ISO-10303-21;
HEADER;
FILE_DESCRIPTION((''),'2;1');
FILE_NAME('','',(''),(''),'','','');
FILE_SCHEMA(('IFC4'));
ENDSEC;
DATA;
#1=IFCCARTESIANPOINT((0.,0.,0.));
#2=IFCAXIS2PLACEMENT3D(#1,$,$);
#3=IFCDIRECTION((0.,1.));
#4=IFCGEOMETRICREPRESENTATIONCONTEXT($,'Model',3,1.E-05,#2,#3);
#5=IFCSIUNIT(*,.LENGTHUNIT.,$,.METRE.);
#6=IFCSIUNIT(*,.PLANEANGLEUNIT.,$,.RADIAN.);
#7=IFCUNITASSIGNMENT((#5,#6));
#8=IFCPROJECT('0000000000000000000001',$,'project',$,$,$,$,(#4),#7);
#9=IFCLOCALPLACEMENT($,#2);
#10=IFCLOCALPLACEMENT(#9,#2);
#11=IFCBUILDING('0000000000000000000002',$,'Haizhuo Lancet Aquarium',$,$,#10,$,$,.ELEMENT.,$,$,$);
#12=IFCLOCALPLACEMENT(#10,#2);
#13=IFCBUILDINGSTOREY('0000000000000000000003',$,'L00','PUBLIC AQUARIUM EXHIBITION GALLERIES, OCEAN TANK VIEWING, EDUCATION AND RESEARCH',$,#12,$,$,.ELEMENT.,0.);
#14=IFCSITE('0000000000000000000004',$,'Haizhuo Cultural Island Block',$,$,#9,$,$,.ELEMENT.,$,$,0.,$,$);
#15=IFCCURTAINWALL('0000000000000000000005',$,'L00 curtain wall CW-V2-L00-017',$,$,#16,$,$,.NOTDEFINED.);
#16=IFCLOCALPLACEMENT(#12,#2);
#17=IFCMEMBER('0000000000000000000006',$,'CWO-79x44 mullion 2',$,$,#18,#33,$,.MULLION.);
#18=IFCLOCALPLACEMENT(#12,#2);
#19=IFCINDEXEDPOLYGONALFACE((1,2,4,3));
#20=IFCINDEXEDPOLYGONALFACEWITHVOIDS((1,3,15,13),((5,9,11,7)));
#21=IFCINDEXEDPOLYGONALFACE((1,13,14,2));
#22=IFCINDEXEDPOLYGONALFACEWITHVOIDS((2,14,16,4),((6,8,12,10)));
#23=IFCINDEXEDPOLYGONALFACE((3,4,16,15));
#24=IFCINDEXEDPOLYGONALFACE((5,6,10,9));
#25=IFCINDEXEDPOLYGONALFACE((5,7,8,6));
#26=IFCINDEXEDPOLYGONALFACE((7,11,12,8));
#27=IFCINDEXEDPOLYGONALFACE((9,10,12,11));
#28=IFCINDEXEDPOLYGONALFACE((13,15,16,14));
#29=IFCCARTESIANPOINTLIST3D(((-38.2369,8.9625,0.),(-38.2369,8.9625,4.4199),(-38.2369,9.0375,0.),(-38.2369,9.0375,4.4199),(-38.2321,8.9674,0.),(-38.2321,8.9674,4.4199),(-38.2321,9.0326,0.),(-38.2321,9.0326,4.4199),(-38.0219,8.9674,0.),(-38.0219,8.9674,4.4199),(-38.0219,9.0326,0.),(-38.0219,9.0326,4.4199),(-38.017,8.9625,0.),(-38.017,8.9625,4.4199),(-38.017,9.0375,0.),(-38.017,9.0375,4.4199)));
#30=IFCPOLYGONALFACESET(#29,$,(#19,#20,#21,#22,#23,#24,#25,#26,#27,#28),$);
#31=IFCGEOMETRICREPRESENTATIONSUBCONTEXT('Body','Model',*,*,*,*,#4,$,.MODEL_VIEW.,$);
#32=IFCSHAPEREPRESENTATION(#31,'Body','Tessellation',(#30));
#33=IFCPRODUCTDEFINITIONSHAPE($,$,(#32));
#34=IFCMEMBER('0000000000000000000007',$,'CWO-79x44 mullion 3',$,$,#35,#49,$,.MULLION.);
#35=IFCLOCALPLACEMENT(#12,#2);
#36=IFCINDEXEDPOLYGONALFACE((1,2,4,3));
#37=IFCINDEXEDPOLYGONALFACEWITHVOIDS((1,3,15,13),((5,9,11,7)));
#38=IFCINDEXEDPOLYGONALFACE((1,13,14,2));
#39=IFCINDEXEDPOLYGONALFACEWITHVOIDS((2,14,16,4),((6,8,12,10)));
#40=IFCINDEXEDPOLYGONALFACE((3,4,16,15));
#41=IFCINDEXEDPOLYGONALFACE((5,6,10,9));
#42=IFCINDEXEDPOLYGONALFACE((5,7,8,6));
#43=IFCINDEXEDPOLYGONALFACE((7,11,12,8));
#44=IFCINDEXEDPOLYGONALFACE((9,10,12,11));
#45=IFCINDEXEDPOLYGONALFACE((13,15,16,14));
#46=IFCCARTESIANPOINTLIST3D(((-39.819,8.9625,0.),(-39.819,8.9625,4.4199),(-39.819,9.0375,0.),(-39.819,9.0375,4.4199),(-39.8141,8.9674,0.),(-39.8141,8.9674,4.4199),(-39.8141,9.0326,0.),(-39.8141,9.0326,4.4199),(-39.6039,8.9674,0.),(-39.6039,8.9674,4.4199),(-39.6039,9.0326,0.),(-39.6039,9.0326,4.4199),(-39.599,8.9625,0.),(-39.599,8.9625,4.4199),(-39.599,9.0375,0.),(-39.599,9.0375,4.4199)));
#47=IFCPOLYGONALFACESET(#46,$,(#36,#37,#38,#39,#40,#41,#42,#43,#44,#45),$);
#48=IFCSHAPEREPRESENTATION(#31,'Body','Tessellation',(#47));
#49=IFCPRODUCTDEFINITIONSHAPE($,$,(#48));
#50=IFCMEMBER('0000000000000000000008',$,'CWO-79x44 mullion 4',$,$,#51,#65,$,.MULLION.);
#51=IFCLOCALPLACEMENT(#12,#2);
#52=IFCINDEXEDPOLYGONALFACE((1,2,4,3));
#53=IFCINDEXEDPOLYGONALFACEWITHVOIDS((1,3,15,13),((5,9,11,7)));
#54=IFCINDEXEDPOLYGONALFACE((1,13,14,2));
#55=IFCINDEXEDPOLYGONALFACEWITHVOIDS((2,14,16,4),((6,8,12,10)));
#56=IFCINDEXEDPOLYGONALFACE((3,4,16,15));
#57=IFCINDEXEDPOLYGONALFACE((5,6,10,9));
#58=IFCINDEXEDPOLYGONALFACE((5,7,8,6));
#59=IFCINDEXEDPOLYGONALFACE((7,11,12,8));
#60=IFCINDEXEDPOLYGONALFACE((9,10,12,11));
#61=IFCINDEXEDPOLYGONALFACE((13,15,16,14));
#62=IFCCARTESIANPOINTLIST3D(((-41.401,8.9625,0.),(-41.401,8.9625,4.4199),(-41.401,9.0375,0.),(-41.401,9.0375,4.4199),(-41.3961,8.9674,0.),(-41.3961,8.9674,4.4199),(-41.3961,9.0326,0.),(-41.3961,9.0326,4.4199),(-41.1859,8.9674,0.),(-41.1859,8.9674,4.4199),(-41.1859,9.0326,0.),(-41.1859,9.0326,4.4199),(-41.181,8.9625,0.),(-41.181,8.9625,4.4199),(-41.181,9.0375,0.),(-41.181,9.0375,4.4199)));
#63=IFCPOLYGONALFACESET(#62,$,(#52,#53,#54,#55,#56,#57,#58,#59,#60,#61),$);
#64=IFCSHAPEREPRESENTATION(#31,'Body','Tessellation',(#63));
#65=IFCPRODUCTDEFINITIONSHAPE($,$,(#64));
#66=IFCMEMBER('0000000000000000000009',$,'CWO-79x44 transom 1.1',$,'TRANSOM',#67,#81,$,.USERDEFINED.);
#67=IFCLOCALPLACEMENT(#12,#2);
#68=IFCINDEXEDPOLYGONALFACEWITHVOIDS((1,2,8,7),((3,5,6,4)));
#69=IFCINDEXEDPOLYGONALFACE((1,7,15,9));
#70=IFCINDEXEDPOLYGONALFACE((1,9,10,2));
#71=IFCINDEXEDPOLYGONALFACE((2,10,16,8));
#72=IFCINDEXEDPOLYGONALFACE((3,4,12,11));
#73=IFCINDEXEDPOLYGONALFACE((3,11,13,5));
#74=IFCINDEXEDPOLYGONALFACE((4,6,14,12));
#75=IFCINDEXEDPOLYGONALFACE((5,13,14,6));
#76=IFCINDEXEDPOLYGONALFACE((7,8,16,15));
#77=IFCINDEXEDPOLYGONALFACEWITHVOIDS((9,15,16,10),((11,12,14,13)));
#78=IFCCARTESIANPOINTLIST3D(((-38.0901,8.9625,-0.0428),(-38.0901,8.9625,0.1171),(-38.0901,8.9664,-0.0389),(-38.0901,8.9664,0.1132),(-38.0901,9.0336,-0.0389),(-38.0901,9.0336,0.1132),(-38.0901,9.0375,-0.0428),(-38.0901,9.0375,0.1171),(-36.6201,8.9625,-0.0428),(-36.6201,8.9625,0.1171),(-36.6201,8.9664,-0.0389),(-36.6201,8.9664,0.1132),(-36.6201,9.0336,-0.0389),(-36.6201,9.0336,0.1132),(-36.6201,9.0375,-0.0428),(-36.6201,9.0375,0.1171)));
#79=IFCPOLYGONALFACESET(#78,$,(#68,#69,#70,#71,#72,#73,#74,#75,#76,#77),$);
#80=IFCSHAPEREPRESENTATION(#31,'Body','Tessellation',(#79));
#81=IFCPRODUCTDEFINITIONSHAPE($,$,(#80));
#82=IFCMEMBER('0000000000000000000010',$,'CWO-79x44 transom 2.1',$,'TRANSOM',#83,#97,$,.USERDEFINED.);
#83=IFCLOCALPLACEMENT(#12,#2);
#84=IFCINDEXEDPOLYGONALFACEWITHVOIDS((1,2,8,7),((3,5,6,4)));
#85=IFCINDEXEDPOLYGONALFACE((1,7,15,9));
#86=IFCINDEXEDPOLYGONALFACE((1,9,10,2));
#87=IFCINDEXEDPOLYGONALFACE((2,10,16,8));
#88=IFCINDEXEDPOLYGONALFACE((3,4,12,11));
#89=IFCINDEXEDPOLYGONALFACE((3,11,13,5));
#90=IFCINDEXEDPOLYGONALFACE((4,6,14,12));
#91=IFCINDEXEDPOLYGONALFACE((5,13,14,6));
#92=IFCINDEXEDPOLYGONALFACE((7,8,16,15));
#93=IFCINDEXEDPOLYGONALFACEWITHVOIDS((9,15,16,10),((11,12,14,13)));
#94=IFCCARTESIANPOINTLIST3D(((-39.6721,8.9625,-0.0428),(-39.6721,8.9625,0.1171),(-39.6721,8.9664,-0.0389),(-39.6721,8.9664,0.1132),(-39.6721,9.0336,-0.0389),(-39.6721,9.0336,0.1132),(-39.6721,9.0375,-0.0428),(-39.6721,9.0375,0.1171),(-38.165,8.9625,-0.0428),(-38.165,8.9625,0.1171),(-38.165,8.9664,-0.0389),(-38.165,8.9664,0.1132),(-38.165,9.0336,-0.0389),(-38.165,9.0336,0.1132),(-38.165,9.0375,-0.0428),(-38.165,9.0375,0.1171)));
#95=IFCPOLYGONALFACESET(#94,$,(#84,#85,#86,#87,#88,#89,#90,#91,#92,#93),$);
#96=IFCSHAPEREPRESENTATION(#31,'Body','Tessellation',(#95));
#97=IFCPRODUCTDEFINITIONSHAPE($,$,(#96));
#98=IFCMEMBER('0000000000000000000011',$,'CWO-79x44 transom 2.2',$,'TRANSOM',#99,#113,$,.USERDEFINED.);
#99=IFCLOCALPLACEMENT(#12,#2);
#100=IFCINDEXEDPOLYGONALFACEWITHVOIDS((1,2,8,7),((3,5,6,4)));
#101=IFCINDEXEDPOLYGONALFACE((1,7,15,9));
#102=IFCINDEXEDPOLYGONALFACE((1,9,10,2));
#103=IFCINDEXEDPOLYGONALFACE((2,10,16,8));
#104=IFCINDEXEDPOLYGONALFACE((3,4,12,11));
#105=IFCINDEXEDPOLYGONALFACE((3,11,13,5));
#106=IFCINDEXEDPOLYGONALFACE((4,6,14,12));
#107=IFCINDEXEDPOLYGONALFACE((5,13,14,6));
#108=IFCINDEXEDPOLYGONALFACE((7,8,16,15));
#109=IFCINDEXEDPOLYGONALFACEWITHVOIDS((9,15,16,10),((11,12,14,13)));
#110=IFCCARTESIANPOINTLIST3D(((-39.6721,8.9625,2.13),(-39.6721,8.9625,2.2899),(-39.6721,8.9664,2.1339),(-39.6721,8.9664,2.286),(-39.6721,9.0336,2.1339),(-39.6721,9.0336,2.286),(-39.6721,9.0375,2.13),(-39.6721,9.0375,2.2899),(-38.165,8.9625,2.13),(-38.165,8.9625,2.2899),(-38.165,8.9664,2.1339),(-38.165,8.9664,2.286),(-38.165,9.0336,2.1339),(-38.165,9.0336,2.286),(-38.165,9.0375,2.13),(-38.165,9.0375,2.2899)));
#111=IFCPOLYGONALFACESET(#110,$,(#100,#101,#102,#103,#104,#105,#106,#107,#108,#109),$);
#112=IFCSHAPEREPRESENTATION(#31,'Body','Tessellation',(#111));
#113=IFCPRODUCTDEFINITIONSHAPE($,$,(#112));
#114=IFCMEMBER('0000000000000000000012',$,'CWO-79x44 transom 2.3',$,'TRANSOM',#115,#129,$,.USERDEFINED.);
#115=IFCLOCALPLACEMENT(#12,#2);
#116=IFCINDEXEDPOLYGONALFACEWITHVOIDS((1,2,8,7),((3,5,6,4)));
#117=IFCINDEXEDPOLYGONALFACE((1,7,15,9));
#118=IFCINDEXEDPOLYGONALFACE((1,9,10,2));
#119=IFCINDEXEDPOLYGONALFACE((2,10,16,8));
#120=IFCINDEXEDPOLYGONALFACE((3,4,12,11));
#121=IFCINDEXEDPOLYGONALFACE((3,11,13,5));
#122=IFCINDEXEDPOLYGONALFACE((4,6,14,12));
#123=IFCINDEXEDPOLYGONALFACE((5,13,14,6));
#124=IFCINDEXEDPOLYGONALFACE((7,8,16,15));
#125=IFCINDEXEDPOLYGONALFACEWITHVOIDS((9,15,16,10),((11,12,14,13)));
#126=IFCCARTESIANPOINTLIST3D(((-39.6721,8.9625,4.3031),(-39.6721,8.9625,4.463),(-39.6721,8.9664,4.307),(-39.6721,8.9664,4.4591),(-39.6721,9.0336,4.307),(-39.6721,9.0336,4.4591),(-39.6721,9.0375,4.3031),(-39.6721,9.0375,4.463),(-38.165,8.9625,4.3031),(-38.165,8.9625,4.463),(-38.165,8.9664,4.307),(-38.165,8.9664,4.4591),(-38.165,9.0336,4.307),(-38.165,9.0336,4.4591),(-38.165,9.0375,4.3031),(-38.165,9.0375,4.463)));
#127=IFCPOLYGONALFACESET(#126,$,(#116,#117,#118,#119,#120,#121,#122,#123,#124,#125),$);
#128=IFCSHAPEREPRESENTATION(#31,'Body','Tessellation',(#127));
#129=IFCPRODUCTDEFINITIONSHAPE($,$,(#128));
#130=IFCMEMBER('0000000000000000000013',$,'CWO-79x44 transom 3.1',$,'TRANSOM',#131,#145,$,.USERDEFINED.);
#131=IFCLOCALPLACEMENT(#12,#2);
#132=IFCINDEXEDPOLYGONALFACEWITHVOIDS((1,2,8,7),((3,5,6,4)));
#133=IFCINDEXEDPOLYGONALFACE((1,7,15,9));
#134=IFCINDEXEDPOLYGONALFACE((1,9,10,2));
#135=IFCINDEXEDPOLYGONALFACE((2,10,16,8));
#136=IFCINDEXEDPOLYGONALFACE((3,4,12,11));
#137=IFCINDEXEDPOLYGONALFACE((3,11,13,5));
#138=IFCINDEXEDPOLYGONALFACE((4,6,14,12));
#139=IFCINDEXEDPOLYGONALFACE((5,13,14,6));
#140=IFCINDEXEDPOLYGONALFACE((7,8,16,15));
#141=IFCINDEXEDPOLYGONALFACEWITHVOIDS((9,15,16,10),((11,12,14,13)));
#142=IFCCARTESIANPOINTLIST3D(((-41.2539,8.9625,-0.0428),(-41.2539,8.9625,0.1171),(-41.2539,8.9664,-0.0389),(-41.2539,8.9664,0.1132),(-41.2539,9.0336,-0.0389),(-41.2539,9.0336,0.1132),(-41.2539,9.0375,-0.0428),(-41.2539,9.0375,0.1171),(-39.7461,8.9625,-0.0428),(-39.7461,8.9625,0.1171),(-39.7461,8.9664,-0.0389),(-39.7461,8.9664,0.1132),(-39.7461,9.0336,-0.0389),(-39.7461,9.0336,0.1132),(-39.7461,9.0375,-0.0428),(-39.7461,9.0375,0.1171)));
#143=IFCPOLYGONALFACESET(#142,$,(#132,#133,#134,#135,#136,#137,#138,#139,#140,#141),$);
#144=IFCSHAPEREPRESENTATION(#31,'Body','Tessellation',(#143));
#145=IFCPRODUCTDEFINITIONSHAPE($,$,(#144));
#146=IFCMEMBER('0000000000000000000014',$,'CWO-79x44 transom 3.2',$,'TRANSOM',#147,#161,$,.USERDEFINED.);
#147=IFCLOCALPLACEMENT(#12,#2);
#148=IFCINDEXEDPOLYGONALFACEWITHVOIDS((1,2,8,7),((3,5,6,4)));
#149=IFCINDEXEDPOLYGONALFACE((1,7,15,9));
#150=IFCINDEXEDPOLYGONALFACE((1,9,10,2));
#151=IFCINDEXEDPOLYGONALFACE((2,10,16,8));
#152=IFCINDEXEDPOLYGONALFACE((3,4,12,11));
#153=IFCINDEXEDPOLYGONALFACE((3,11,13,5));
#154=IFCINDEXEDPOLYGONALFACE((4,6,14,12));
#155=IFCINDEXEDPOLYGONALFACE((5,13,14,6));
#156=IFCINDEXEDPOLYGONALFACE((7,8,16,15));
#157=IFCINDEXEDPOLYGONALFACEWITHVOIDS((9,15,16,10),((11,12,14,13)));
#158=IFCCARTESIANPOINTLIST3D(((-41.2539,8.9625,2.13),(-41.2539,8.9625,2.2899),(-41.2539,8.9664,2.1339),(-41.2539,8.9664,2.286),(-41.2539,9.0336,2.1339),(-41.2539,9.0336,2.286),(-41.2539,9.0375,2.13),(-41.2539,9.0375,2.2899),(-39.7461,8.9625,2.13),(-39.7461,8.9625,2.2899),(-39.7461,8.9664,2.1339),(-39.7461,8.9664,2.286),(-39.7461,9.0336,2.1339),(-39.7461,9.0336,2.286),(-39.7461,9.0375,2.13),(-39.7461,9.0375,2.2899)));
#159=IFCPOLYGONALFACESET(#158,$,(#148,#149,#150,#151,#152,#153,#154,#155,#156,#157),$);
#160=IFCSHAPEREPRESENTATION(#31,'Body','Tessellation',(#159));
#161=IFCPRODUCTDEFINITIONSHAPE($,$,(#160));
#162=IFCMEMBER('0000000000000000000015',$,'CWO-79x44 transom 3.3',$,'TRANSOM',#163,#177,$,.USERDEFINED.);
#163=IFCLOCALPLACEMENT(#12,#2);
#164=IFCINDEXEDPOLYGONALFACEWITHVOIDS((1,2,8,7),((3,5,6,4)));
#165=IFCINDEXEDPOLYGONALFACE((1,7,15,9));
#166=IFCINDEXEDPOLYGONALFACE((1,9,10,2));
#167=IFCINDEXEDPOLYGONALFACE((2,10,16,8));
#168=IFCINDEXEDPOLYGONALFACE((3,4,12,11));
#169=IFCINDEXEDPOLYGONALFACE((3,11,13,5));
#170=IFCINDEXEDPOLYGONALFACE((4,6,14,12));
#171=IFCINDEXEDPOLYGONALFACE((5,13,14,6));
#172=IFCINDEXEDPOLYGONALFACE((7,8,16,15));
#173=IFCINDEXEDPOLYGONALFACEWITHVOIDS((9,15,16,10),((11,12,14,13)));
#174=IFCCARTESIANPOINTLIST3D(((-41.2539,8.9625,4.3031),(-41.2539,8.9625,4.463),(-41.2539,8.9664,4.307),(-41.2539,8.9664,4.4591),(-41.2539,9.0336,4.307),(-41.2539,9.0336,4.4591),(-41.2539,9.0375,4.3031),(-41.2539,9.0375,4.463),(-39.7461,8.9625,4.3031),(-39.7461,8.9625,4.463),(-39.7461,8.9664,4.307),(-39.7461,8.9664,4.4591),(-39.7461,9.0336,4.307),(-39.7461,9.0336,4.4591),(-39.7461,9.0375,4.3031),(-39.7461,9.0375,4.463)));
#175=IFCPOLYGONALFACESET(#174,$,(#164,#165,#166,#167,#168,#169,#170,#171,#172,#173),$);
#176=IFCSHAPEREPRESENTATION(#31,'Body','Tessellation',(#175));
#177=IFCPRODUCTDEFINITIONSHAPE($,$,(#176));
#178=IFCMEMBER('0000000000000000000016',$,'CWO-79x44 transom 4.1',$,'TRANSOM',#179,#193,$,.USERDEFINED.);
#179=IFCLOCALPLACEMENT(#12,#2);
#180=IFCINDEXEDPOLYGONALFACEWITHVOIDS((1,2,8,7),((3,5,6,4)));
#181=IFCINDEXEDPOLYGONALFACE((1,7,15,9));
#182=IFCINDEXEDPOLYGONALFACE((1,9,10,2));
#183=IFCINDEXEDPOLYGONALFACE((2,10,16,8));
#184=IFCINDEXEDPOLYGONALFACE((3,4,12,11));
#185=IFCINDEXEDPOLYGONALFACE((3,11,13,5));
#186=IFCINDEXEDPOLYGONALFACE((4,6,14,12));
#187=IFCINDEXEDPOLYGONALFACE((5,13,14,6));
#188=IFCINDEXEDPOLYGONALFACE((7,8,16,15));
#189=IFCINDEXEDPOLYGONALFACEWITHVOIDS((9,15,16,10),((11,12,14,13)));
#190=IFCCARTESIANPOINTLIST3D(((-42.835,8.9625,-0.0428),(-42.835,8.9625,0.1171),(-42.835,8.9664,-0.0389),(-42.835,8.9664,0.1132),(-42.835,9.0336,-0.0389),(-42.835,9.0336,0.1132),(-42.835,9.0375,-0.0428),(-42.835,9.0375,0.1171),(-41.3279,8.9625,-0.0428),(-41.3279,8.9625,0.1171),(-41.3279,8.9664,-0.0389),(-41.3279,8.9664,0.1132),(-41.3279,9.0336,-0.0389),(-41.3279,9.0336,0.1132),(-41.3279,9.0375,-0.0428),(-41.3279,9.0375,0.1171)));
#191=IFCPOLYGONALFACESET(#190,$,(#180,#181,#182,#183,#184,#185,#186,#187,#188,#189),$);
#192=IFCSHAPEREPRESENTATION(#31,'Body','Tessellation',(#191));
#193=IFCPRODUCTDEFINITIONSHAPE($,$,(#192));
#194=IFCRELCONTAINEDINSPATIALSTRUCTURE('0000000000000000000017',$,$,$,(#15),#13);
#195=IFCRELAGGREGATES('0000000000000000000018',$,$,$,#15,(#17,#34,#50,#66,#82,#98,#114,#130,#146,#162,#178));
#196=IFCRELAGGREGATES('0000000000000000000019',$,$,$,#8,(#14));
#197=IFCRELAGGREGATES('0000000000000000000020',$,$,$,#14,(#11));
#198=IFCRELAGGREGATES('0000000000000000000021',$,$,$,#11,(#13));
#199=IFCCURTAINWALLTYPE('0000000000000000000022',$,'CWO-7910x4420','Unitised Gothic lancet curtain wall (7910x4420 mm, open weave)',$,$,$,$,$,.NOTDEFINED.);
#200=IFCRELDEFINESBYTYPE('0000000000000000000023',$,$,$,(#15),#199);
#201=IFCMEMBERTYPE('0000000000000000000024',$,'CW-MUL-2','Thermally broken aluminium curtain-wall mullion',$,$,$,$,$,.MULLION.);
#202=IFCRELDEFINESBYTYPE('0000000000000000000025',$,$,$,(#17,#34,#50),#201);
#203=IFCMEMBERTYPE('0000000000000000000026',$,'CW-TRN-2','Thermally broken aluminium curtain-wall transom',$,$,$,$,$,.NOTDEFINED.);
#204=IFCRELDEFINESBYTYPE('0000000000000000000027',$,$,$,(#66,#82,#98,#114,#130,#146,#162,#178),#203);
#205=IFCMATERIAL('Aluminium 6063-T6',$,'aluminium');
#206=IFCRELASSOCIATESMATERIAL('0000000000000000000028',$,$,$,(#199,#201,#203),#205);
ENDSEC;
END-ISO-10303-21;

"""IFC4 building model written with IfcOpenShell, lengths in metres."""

from ifc_helpers import new_model, si_unit, direction, frame, origin, origin_2d, place, context, subcontext, project, spatial, hollow_rectangle, extrude, material, material_profile, profile_set, type_object, element, aggregate, save


model = new_model("IFC4")

# Units and contexts
model_context = context("Model", 3, precision=1e-05, world=origin(), true_north=direction((0.0, 1.0)))
body_context = subcontext(model_context, "Body", "Model", "MODEL_VIEW")
ifc_project = project(units=[si_unit("LENGTHUNIT", "METRE"), si_unit("PLANEANGLEUNIT", "RADIAN")], contexts=[model_context])

# Site, building, storey
site_placement = place(None, origin())
site = spatial("IfcSite", under=ifc_project, at=site_placement, Name="Haizhuo Cultural Island Block", CompositionType="ELEMENT", RefElevation=0.0)
building_placement = place(site_placement, origin())
building = spatial("IfcBuilding", under=site, at=building_placement, Name="Haizhuo Lancet Aquarium", CompositionType="ELEMENT")
storey_placement = place(building_placement, origin())
storey = spatial("IfcBuildingStorey", under=building, at=storey_placement, Name="L00", Description="PUBLIC AQUARIUM EXHIBITION GALLERIES, OCEAN TANK VIEWING, EDUCATION AND RESEARCH", CompositionType="ELEMENT", Elevation=0.0)

# Curtain wall, members
ifc_material_1 = material(Name="Aluminium 6063-T6", Category="aluminium")
curtain_wall_type = type_object("IfcCurtainWallType", Name="CWO-7910x4420", Description="Unitised Gothic lancet curtain wall (7910x4420 mm, open weave)", PredefinedType="NOTDEFINED", material=ifc_material_1)
curtain_wall_placement = place(storey_placement, origin())
curtain_wall = element("IfcCurtainWall", 1, at=curtain_wall_placement, inside=storey, type_object=curtain_wall_type, Name="L00 curtain wall CW-V2-L00-017", PredefinedType="NOTDEFINED")
ifc_material_profile_1 = material_profile(ifc_material_1, hollow_rectangle(XDim=0.075, YDim=0.22, WallThickness=0.0049, at=origin_2d()), Name="ALU-M 75x220x5")
ifc_profile_set_1 = profile_set([ifc_material_profile_1], Name="Aluminium 6063-T6")
member_type_1 = type_object("IfcMemberType", Name="CW-MUL-2", Description="Thermally broken aluminium curtain-wall mullion", PredefinedType="MULLION", material=ifc_profile_set_1)
member_1_placement = place(storey_placement, frame((-38.127, 9.0, 0.0), z_axis=(0.0, 0.0, 1.0), x_axis=(0.0, -1.0, 0.0)))
member_1 = element("IfcMember", 2, at=member_1_placement, type_object=member_type_1, Name="CWO-79x44 mullion 2", PredefinedType="MULLION", context=body_context, shape_type="SweptSolid", body=[
    extrude(hollow_rectangle(XDim=0.075, YDim=0.22, WallThickness=0.0049, at=origin_2d()), origin(), (0.0, 0.0, 1.0), 4.4199),
])
member_2_placement = place(storey_placement, frame((-39.709, 9.0, 0.0), z_axis=(0.0, 0.0, 1.0), x_axis=(0.0, -1.0, 0.0)))
member_2 = element("IfcMember", 3, at=member_2_placement, type_object=member_type_1, Name="CWO-79x44 mullion 3", PredefinedType="MULLION", context=body_context, shape_type="SweptSolid", body=[
    extrude(hollow_rectangle(XDim=0.075, YDim=0.22, WallThickness=0.0049, at=origin_2d()), origin(), (0.0, 0.0, 1.0), 4.4199),
])
member_3_placement = place(storey_placement, frame((-41.291, 9.0, 0.0), z_axis=(0.0, 0.0, 1.0), x_axis=(0.0, -1.0, 0.0)))
member_3 = element("IfcMember", 4, at=member_3_placement, type_object=member_type_1, Name="CWO-79x44 mullion 4", PredefinedType="MULLION", context=body_context, shape_type="SweptSolid", body=[
    extrude(hollow_rectangle(XDim=0.075, YDim=0.22, WallThickness=0.0049, at=origin_2d()), origin(), (0.0, 0.0, 1.0), 4.4199),
])
ifc_material_profile_2 = material_profile(ifc_material_1, hollow_rectangle(XDim=0.075, YDim=0.1599, WallThickness=0.0039, at=origin_2d()), Name="ALU-T 75x160x4")
ifc_profile_set_2 = profile_set([ifc_material_profile_2], Name="Aluminium 6063-T6")
member_type_2 = type_object("IfcMemberType", Name="CW-TRN-2", Description="Thermally broken aluminium curtain-wall transom", PredefinedType="NOTDEFINED", material=ifc_profile_set_2)
member_4_placement = place(storey_placement, frame((-36.6201, 9.0, 0.0371), z_axis=(-1.0, 0.0, 0.0), x_axis=(0.0, -1.0, 0.0)))
member_4 = element("IfcMember", 5, at=member_4_placement, type_object=member_type_2, Name="CWO-79x44 transom 1.1", ObjectType="TRANSOM", PredefinedType="USERDEFINED", context=body_context, shape_type="SweptSolid", body=[
    extrude(hollow_rectangle(XDim=0.075, YDim=0.1599, WallThickness=0.0039, at=origin_2d()), origin(), (0.0, 0.0, 1.0), 1.47),
])
member_5_placement = place(storey_placement, frame((-38.165, 9.0, 0.0371), z_axis=(-1.0, 0.0, 0.0), x_axis=(0.0, -1.0, 0.0)))
member_5 = element("IfcMember", 6, at=member_5_placement, type_object=member_type_2, Name="CWO-79x44 transom 2.1", ObjectType="TRANSOM", PredefinedType="USERDEFINED", context=body_context, shape_type="SweptSolid", body=[
    extrude(hollow_rectangle(XDim=0.075, YDim=0.1599, WallThickness=0.0039, at=origin_2d()), origin(), (0.0, 0.0, 1.0), 1.5071),
])
member_6_placement = place(storey_placement, frame((-38.165, 9.0, 2.21), z_axis=(-1.0, 0.0, 0.0), x_axis=(0.0, -1.0, 0.0)))
member_6 = element("IfcMember", 7, at=member_6_placement, type_object=member_type_2, Name="CWO-79x44 transom 2.2", ObjectType="TRANSOM", PredefinedType="USERDEFINED", context=body_context, shape_type="SweptSolid", body=[
    extrude(hollow_rectangle(XDim=0.075, YDim=0.1599, WallThickness=0.0039, at=origin_2d()), origin(), (0.0, 0.0, 1.0), 1.5071),
])
member_7_placement = place(storey_placement, frame((-38.165, 9.0, 4.3831), z_axis=(-1.0, 0.0, 0.0), x_axis=(0.0, -1.0, 0.0)))
member_7 = element("IfcMember", 8, at=member_7_placement, type_object=member_type_2, Name="CWO-79x44 transom 2.3", ObjectType="TRANSOM", PredefinedType="USERDEFINED", context=body_context, shape_type="SweptSolid", body=[
    extrude(hollow_rectangle(XDim=0.075, YDim=0.1599, WallThickness=0.0039, at=origin_2d()), origin(), (0.0, 0.0, 1.0), 1.5071),
])
member_8_placement = place(storey_placement, frame((-39.7461, 9.0, 0.0371), z_axis=(-1.0, 0.0, 0.0), x_axis=(0.0, -1.0, 0.0)))
member_8 = element("IfcMember", 9, at=member_8_placement, type_object=member_type_2, Name="CWO-79x44 transom 3.1", ObjectType="TRANSOM", PredefinedType="USERDEFINED", context=body_context, shape_type="SweptSolid", body=[
    extrude(hollow_rectangle(XDim=0.075, YDim=0.1599, WallThickness=0.0039, at=origin_2d()), origin(), (0.0, 0.0, 1.0), 1.5078),
])
member_9_placement = place(storey_placement, frame((-39.7461, 9.0, 2.21), z_axis=(-1.0, 0.0, 0.0), x_axis=(0.0, -1.0, 0.0)))
member_9 = element("IfcMember", 10, at=member_9_placement, type_object=member_type_2, Name="CWO-79x44 transom 3.2", ObjectType="TRANSOM", PredefinedType="USERDEFINED", context=body_context, shape_type="SweptSolid", body=[
    extrude(hollow_rectangle(XDim=0.075, YDim=0.1599, WallThickness=0.0039, at=origin_2d()), origin(), (0.0, 0.0, 1.0), 1.5078),
])
member_10_placement = place(storey_placement, frame((-39.7461, 9.0, 4.3831), z_axis=(-1.0, 0.0, 0.0), x_axis=(0.0, -1.0, 0.0)))
member_10 = element("IfcMember", 11, at=member_10_placement, type_object=member_type_2, Name="CWO-79x44 transom 3.3", ObjectType="TRANSOM", PredefinedType="USERDEFINED", context=body_context, shape_type="SweptSolid", body=[
    extrude(hollow_rectangle(XDim=0.075, YDim=0.1599, WallThickness=0.0039, at=origin_2d()), origin(), (0.0, 0.0, 1.0), 1.5078),
])
member_11_placement = place(storey_placement, frame((-41.3279, 9.0, 0.0371), z_axis=(-1.0, 0.0, 0.0), x_axis=(0.0, -1.0, 0.0)))
member_11 = element("IfcMember", 12, at=member_11_placement, type_object=member_type_2, Name="CWO-79x44 transom 4.1", ObjectType="TRANSOM", PredefinedType="USERDEFINED", context=body_context, shape_type="SweptSolid", body=[
    extrude(hollow_rectangle(XDim=0.075, YDim=0.1599, WallThickness=0.0039, at=origin_2d()), origin(), (0.0, 0.0, 1.0), 1.5071),
])

aggregate(curtain_wall, [member_1, member_2, member_3, member_4, member_5, member_6, member_7, member_8, member_9, member_10, member_11])

save(model, "model.ifc")
